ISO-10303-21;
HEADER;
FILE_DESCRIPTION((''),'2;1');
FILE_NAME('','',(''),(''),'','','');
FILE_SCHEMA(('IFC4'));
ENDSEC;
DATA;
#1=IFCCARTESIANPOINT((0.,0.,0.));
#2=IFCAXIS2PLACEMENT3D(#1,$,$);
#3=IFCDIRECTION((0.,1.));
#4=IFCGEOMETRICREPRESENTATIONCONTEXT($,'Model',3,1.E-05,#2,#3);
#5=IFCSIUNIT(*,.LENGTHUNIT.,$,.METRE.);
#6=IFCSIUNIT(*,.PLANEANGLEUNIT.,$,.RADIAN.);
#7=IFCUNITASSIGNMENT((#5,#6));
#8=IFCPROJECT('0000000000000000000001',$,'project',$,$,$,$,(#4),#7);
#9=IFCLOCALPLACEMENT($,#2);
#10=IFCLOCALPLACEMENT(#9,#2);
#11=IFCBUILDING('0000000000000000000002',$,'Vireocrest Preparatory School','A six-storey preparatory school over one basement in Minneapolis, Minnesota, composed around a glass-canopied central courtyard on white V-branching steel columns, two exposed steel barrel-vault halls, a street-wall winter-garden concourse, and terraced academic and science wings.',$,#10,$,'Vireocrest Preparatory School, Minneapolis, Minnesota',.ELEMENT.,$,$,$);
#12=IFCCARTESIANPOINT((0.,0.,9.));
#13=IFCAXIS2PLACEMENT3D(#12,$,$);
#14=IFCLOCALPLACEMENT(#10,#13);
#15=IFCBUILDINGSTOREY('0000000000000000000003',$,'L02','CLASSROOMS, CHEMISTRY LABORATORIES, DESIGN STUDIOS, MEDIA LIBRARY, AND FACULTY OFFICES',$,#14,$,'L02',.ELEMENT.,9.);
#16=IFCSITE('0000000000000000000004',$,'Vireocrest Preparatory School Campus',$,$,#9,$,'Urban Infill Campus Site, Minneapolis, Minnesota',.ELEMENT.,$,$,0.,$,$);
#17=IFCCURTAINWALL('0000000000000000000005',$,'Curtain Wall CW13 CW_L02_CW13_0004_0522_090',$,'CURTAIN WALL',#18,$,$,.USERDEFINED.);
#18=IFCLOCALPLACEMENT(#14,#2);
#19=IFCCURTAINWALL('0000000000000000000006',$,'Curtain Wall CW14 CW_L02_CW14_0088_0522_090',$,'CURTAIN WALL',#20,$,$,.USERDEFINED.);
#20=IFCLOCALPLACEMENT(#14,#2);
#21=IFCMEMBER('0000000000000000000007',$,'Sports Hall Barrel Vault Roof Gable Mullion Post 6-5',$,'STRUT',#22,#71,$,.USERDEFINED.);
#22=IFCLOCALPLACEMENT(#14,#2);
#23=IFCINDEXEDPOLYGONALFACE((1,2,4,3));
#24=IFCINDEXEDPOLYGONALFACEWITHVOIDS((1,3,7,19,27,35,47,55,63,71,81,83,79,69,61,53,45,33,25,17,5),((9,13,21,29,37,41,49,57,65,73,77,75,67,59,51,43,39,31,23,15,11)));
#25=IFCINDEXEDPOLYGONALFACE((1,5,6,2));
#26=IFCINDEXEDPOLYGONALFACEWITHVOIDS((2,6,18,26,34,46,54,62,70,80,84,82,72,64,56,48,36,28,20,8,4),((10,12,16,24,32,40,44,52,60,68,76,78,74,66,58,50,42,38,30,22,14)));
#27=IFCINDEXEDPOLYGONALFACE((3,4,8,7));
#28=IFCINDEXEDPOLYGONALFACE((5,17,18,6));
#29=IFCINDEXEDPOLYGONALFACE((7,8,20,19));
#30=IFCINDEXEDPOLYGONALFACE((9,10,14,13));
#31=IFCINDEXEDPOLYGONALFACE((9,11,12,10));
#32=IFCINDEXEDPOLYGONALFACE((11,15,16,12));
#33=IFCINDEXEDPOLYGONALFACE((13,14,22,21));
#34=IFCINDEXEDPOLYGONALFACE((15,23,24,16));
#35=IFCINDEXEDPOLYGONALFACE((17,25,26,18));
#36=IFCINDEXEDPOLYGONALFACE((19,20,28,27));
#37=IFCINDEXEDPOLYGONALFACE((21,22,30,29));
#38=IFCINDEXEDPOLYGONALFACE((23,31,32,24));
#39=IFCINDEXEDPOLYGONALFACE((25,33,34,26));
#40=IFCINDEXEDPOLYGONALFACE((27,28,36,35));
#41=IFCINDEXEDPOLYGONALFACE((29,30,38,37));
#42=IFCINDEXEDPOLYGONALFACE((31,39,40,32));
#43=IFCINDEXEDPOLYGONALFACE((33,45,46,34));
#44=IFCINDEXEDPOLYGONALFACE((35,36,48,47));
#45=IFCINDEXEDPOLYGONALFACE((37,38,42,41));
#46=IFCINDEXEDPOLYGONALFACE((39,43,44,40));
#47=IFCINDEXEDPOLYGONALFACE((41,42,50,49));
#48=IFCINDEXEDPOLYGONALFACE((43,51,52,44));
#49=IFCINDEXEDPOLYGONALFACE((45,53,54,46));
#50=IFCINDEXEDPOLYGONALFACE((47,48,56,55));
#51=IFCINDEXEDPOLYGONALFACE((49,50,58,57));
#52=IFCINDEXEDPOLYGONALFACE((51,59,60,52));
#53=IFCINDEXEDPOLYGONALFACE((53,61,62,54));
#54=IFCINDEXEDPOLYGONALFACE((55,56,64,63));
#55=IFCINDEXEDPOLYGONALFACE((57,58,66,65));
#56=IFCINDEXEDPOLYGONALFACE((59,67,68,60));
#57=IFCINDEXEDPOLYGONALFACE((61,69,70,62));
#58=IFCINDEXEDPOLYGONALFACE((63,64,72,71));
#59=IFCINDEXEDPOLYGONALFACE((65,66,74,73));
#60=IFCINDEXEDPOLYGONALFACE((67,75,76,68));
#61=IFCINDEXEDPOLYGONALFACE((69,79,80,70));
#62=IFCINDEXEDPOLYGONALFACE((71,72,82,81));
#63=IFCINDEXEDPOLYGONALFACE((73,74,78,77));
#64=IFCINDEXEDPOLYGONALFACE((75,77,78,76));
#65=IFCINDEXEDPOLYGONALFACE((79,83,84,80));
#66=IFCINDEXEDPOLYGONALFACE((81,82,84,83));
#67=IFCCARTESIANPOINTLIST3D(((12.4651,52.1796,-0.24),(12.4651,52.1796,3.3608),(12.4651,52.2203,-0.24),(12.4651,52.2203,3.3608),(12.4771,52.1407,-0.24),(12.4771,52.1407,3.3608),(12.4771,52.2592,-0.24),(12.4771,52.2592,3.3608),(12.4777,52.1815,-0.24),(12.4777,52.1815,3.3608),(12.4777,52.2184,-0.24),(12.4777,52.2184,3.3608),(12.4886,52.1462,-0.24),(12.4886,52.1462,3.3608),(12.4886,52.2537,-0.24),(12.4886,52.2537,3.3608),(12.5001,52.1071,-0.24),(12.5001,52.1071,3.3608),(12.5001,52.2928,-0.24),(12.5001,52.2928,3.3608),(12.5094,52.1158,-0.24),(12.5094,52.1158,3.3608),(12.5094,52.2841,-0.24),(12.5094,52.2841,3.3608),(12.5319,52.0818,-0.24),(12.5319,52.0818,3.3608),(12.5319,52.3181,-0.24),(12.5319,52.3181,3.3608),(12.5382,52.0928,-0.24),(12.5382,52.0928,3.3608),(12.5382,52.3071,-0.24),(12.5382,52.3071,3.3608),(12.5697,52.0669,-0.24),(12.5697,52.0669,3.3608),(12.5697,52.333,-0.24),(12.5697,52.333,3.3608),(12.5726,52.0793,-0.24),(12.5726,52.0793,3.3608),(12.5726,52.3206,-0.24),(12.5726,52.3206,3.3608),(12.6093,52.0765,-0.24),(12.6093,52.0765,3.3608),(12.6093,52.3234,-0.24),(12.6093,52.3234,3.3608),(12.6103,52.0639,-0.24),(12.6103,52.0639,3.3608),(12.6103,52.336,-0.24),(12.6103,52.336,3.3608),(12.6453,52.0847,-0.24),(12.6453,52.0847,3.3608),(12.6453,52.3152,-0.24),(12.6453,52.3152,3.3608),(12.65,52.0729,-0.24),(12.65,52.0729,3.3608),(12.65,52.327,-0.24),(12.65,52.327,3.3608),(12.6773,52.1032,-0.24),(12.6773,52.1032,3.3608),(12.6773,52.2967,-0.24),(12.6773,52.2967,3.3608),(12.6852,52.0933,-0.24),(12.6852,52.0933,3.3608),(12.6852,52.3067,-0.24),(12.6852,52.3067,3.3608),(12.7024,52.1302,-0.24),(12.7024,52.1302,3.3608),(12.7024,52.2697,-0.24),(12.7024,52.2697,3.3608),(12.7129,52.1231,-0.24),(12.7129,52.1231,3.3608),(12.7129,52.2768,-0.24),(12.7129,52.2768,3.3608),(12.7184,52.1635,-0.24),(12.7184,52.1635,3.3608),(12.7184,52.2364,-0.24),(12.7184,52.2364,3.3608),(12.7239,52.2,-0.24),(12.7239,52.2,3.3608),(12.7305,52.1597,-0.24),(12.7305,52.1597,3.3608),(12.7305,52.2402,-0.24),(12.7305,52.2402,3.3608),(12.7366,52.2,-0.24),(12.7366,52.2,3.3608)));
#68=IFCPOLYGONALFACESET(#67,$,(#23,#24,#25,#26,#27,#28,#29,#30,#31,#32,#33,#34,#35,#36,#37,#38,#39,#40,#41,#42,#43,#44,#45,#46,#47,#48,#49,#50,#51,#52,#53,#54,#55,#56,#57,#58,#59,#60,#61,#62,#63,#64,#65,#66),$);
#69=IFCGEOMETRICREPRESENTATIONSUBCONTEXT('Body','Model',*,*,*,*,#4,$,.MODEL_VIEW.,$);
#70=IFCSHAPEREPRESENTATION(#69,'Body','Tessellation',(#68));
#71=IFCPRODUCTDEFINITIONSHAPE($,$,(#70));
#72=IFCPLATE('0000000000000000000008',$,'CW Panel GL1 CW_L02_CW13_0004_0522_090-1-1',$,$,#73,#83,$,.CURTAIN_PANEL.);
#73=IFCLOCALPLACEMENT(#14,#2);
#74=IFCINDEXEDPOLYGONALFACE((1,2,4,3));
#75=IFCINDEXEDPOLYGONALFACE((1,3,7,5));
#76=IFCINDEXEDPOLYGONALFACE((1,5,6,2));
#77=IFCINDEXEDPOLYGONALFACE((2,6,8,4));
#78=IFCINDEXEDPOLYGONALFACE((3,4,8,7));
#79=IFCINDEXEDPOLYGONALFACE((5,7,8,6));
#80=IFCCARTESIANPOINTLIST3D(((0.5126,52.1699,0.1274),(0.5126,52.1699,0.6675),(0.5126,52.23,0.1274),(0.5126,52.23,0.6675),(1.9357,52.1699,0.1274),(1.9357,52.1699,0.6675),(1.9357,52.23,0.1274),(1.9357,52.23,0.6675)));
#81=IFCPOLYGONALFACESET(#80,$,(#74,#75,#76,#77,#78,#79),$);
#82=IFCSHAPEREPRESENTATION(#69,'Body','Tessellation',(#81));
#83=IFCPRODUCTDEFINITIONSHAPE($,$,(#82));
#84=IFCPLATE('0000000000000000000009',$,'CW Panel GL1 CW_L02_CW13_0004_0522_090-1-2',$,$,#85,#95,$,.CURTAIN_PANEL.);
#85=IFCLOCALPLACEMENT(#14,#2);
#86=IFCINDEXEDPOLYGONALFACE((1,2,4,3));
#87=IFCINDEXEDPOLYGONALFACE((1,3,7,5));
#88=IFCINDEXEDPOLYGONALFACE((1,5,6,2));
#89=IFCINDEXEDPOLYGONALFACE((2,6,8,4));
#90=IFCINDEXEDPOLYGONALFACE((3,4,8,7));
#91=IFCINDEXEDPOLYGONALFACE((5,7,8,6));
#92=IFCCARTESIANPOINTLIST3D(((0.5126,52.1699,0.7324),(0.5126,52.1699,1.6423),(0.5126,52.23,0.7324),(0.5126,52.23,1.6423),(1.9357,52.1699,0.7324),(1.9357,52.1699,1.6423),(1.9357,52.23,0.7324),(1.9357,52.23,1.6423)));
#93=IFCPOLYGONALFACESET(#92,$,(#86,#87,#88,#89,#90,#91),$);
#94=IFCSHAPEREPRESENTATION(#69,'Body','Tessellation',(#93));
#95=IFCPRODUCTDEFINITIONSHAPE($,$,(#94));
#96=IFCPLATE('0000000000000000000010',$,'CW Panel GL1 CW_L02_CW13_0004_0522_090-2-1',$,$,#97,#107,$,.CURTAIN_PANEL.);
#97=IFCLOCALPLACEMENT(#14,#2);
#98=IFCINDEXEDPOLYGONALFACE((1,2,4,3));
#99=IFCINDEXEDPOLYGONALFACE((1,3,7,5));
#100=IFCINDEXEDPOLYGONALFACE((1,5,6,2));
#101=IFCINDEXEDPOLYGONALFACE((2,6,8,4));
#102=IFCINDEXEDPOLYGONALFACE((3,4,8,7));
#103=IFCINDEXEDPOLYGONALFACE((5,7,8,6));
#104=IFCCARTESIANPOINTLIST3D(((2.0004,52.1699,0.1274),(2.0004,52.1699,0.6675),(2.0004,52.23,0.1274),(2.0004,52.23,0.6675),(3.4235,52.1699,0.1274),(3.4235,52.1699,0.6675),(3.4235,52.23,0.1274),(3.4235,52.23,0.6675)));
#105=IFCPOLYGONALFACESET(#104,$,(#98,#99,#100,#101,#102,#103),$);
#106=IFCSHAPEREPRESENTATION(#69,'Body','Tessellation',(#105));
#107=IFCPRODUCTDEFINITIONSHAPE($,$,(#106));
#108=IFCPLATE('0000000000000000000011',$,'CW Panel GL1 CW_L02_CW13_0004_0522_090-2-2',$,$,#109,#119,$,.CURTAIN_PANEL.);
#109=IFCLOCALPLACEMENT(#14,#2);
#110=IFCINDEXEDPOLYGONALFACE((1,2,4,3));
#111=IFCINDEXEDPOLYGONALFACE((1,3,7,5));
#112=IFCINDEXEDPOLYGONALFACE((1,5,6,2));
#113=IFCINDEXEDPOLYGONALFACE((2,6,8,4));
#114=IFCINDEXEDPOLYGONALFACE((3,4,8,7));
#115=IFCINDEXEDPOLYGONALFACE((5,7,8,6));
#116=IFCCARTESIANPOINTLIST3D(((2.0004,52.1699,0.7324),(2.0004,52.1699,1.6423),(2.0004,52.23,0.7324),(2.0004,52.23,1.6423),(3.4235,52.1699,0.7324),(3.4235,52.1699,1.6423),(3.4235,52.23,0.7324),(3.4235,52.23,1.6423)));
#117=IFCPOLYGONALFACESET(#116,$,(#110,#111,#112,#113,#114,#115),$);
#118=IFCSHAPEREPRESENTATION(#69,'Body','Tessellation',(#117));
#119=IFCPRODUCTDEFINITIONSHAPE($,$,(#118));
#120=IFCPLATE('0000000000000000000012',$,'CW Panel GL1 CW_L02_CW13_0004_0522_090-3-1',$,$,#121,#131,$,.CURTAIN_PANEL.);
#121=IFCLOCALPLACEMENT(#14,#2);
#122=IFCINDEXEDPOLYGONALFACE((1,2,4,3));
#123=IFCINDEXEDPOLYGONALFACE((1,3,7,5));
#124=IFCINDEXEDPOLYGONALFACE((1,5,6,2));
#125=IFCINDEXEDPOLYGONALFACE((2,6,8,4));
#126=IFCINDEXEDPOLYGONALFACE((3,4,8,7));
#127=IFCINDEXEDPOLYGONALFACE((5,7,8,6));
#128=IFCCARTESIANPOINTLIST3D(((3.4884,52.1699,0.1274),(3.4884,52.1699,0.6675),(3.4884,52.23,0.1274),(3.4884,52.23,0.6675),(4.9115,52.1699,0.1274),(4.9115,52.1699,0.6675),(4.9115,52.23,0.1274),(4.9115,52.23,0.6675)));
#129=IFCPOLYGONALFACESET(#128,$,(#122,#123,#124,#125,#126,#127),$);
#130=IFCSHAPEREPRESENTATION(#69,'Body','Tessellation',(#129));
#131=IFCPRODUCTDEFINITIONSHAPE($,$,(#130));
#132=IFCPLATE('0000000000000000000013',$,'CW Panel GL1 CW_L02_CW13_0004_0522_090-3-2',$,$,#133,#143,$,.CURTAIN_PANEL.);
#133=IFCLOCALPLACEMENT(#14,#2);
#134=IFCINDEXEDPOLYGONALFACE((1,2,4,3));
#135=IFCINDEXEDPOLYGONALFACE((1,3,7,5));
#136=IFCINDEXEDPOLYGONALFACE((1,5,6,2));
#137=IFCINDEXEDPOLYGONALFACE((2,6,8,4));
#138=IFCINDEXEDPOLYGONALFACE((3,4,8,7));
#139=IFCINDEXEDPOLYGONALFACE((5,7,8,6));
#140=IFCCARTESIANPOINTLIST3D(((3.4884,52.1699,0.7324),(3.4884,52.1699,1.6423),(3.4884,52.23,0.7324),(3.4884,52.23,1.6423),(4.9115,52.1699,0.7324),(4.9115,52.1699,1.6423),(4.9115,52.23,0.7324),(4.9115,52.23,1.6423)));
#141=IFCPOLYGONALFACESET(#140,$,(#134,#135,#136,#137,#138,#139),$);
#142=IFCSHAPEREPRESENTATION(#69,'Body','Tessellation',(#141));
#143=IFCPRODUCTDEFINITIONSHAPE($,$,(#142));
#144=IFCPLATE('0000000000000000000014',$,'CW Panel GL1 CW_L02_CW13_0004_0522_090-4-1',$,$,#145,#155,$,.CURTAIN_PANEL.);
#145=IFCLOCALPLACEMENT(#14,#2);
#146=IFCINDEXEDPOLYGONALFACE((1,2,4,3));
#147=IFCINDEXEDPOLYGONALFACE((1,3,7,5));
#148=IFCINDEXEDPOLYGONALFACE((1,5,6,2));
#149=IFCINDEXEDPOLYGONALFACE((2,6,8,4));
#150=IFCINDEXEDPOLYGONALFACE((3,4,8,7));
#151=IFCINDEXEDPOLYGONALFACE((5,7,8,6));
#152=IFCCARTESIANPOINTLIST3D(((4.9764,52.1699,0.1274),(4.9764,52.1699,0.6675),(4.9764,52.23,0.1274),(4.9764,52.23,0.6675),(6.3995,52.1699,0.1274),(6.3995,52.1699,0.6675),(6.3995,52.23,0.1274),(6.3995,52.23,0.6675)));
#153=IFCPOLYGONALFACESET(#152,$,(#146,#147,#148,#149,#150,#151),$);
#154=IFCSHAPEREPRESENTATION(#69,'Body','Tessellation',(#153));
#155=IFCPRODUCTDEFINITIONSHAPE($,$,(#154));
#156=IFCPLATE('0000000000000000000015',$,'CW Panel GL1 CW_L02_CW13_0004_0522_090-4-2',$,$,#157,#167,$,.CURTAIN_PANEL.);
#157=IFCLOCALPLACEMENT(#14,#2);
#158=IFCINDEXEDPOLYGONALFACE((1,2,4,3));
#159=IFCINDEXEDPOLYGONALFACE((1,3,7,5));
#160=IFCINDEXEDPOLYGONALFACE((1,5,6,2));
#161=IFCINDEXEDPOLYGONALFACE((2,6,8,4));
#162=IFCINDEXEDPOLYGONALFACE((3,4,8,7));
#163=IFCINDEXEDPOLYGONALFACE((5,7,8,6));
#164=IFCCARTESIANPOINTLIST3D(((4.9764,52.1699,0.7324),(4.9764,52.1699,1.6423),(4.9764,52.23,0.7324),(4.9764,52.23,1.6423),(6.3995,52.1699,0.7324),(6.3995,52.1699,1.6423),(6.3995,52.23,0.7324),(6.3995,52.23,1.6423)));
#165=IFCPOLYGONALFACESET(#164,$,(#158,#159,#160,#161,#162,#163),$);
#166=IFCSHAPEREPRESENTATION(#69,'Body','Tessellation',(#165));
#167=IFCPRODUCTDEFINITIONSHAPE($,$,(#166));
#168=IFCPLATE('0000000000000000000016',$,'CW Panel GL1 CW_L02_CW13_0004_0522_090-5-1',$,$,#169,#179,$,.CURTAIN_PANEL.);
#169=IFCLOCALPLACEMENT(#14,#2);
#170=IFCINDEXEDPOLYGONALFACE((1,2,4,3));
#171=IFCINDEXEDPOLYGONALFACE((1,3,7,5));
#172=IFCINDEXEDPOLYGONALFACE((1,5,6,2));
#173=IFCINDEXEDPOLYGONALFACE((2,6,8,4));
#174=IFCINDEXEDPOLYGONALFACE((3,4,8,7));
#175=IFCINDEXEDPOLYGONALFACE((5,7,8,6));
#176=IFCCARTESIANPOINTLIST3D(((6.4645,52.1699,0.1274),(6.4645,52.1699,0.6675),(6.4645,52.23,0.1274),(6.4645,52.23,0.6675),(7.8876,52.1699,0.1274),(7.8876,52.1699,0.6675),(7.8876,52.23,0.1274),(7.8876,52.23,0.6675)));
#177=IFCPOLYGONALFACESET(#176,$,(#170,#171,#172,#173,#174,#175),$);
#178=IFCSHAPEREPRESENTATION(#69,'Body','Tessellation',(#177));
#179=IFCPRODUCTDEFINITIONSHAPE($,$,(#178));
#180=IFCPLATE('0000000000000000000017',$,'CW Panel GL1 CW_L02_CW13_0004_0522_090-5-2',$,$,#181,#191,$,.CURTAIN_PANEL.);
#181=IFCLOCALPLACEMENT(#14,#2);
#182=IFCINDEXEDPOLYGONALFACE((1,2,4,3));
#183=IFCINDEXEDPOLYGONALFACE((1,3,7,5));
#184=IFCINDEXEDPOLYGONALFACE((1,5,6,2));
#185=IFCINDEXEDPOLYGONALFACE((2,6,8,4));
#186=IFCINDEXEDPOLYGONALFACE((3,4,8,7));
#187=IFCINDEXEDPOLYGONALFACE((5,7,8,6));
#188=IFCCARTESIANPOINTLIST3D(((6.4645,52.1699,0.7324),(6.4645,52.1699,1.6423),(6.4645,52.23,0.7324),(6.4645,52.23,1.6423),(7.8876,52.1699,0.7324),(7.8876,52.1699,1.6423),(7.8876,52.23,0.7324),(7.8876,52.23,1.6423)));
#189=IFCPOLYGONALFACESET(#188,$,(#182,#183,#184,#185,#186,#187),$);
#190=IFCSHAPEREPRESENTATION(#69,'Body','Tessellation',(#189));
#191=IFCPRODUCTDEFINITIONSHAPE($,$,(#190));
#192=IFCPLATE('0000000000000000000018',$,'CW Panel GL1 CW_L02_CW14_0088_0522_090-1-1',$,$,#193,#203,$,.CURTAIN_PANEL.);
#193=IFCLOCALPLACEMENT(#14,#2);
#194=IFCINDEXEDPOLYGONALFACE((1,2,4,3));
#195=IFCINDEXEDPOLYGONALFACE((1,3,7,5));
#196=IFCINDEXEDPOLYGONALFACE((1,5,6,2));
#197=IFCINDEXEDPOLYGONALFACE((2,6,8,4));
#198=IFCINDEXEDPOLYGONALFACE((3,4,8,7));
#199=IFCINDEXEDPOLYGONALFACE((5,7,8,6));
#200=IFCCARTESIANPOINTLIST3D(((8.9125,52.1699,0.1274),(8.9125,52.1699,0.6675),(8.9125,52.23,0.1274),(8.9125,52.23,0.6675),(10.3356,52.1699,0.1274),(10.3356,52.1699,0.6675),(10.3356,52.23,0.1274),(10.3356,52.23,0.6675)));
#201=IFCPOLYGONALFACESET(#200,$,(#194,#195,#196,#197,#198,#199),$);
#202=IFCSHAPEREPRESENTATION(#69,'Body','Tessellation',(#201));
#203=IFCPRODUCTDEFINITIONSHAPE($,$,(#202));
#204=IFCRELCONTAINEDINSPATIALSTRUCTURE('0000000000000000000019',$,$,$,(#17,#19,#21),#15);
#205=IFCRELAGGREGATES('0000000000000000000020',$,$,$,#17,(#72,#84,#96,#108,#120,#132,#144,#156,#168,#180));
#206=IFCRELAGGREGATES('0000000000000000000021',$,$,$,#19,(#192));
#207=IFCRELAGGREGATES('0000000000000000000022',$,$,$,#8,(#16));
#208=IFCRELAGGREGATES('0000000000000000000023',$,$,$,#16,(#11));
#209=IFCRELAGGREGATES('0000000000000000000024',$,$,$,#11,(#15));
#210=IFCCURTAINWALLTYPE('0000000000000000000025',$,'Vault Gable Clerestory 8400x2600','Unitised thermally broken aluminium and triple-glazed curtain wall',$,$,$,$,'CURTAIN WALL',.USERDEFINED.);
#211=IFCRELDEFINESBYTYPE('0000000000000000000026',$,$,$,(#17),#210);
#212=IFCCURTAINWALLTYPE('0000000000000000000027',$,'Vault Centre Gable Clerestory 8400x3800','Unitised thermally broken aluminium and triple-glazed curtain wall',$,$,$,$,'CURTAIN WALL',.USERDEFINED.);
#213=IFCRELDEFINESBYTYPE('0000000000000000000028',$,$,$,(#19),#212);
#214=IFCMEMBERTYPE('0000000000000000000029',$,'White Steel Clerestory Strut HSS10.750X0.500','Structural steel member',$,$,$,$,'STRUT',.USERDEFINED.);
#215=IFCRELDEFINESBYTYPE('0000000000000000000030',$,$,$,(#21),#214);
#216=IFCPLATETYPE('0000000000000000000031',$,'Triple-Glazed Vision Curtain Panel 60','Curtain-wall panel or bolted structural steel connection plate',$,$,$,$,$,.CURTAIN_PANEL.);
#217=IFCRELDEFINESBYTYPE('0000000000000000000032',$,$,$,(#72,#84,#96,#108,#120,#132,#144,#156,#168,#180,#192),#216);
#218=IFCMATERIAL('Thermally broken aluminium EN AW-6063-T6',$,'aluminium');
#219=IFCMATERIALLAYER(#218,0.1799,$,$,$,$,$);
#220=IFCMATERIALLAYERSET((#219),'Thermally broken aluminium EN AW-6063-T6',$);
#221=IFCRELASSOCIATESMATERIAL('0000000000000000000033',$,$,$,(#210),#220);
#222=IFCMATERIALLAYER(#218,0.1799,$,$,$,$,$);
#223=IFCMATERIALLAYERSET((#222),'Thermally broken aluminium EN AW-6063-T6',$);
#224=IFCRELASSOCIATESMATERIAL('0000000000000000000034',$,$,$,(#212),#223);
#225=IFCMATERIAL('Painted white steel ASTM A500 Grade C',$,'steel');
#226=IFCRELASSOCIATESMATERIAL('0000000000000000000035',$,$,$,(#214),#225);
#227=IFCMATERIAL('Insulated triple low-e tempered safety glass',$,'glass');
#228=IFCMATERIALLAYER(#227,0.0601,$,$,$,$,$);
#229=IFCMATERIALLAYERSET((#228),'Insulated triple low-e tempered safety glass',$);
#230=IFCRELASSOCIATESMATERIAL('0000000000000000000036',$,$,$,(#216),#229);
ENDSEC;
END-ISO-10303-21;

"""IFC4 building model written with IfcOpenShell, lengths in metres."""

from ifc_helpers import new_model, si_unit, direction, frame, origin, origin_2d, place, context, subcontext, project, spatial, rectangle, hollow_circle, extrude, material, layer, layer_set, material_profile, profile_set, type_object, element, aggregate, save


model = new_model("IFC4")

# Units and contexts
model_context = context("Model", 3, precision=1e-05, world=origin(), true_north=direction((0.0, 1.0)))
body_context = subcontext(model_context, "Body", "Model", "MODEL_VIEW")
ifc_project = project(units=[si_unit("LENGTHUNIT", "METRE"), si_unit("PLANEANGLEUNIT", "RADIAN")], contexts=[model_context])

# Site, building, storey
site_placement = place(None, origin())
site = spatial("IfcSite", under=ifc_project, at=site_placement, Name="Vireocrest Preparatory School Campus", LongName="Urban Infill Campus Site, Minneapolis, Minnesota", CompositionType="ELEMENT", RefElevation=0.0)
building_placement = place(site_placement, origin())
building = spatial("IfcBuilding", under=site, at=building_placement, Name="Vireocrest Preparatory School", Description="A six-storey preparatory school over one basement in Minneapolis, Minnesota, composed around a glass-canopied central courtyard on white V-branching steel columns, two exposed steel barrel-vault halls, a street-wall winter-garden concourse, and terraced academic and science wings.", LongName="Vireocrest Preparatory School, Minneapolis, Minnesota", CompositionType="ELEMENT")
storey_placement = place(building_placement, frame((0.0, 0.0, 9.0)))
storey = spatial("IfcBuildingStorey", under=building, at=storey_placement, Name="L02", Description="CLASSROOMS, CHEMISTRY LABORATORIES, DESIGN STUDIOS, MEDIA LIBRARY, AND FACULTY OFFICES", LongName="L02", CompositionType="ELEMENT", Elevation=9.0)

# Curtain walls
ifc_material_1 = material(Name="Thermally broken aluminium EN AW-6063-T6", Category="aluminium")
ifc_layer_1 = layer(ifc_material_1, 0.1799)
ifc_layer_set_1 = layer_set([ifc_layer_1], Name="Thermally broken aluminium EN AW-6063-T6")
curtain_wall_type_1 = type_object("IfcCurtainWallType", Name="Vault Gable Clerestory 8400x2600", Description="Unitised thermally broken aluminium and triple-glazed curtain wall", ElementType="CURTAIN WALL", PredefinedType="USERDEFINED", material=ifc_layer_set_1)
curtain_wall_1_placement = place(storey_placement, origin())
curtain_wall_1 = element("IfcCurtainWall", 1, at=curtain_wall_1_placement, inside=storey, type_object=curtain_wall_type_1, Name="Curtain Wall CW13 CW_L02_CW13_0004_0522_090", ObjectType="CURTAIN WALL", PredefinedType="USERDEFINED")
ifc_layer_2 = layer(ifc_material_1, 0.1799)
ifc_layer_set_2 = layer_set([ifc_layer_2], Name="Thermally broken aluminium EN AW-6063-T6")
curtain_wall_type_2 = type_object("IfcCurtainWallType", Name="Vault Centre Gable Clerestory 8400x3800", Description="Unitised thermally broken aluminium and triple-glazed curtain wall", ElementType="CURTAIN WALL", PredefinedType="USERDEFINED", material=ifc_layer_set_2)
curtain_wall_2_placement = place(storey_placement, origin())
curtain_wall_2 = element("IfcCurtainWall", 2, at=curtain_wall_2_placement, inside=storey, type_object=curtain_wall_type_2, Name="Curtain Wall CW14 CW_L02_CW14_0088_0522_090", ObjectType="CURTAIN WALL", PredefinedType="USERDEFINED")

# Member
ifc_material_2 = material(Name="Painted white steel ASTM A500 Grade C", Category="steel")
ifc_material_profile_1 = material_profile(ifc_material_2, hollow_circle(Radius=0.1365, WallThickness=0.0127, at=origin_2d()), Name="HSS10.750X0.500")
ifc_profile_set_1 = profile_set([ifc_material_profile_1], Name="Painted white steel ASTM A500 Grade C")
member_type_1 = type_object("IfcMemberType", Name="White Steel Clerestory Strut HSS10.750X0.500", Description="Structural steel member", ElementType="STRUT", PredefinedType="USERDEFINED", material=ifc_profile_set_1)
member_1_placement = place(storey_placement, frame((12.6001, 52.2, -0.24), z_axis=(0.0, 0.0, 1.0), x_axis=(1.0, 0.0, 0.0)))
element("IfcMember", 3, at=member_1_placement, inside=storey, type_object=member_type_1, Name="Sports Hall Barrel Vault Roof Gable Mullion Post 6-5", ObjectType="STRUT", PredefinedType="USERDEFINED", context=body_context, shape_type="SweptSolid", body=[
    extrude(hollow_circle(Radius=0.1365, WallThickness=0.0127, at=origin_2d()), origin(), (0.0, 0.0, 1.0), 3.6008),
])

# Plates
ifc_material_3 = material(Name="Insulated triple low-e tempered safety glass", Category="glass")
ifc_layer_3 = layer(ifc_material_3, 0.0601)
ifc_layer_set_3 = layer_set([ifc_layer_3], Name="Insulated triple low-e tempered safety glass")
plate_type = type_object("IfcPlateType", Name="Triple-Glazed Vision Curtain Panel 60", Description="Curtain-wall panel or bolted structural steel connection plate", PredefinedType="CURTAIN_PANEL", material=ifc_layer_set_3)
plate_1_placement = place(storey_placement, frame((1.2241, 52.2, 0.1274), z_axis=(0.0, 0.0, 1.0), x_axis=(1.0, 0.0, 0.0)))
plate_1 = element("IfcPlate", 4, at=plate_1_placement, type_object=plate_type, Name="CW Panel GL1 CW_L02_CW13_0004_0522_090-1-1", PredefinedType="CURTAIN_PANEL", context=body_context, shape_type="SweptSolid", body=[
    extrude(rectangle(XDim=1.4231, YDim=0.0601, at=origin_2d()), origin(), (0.0, 0.0, 1.0), 0.54),
])
plate_2_placement = place(storey_placement, frame((1.2241, 52.2, 0.7324), z_axis=(0.0, 0.0, 1.0), x_axis=(1.0, 0.0, 0.0)))
plate_2 = element("IfcPlate", 5, at=plate_2_placement, type_object=plate_type, Name="CW Panel GL1 CW_L02_CW13_0004_0522_090-1-2", PredefinedType="CURTAIN_PANEL", context=body_context, shape_type="SweptSolid", body=[
    extrude(rectangle(XDim=1.4231, YDim=0.0601, at=origin_2d()), origin(), (0.0, 0.0, 1.0), 0.9099),
])
plate_3_placement = place(storey_placement, frame((2.7119, 52.2, 0.1274), z_axis=(0.0, 0.0, 1.0), x_axis=(1.0, 0.0, 0.0)))
plate_3 = element("IfcPlate", 6, at=plate_3_placement, type_object=plate_type, Name="CW Panel GL1 CW_L02_CW13_0004_0522_090-2-1", PredefinedType="CURTAIN_PANEL", context=body_context, shape_type="SweptSolid", body=[
    extrude(rectangle(XDim=1.4231, YDim=0.0601, at=origin_2d()), origin(), (0.0, 0.0, 1.0), 0.54),
])
plate_4_placement = place(storey_placement, frame((2.7119, 52.2, 0.7324), z_axis=(0.0, 0.0, 1.0), x_axis=(1.0, 0.0, 0.0)))
plate_4 = element("IfcPlate", 7, at=plate_4_placement, type_object=plate_type, Name="CW Panel GL1 CW_L02_CW13_0004_0522_090-2-2", PredefinedType="CURTAIN_PANEL", context=body_context, shape_type="SweptSolid", body=[
    extrude(rectangle(XDim=1.4231, YDim=0.0601, at=origin_2d()), origin(), (0.0, 0.0, 1.0), 0.9099),
])
plate_5_placement = place(storey_placement, frame((4.2, 52.2, 0.1274), z_axis=(0.0, 0.0, 1.0), x_axis=(1.0, 0.0, 0.0)))
plate_5 = element("IfcPlate", 8, at=plate_5_placement, type_object=plate_type, Name="CW Panel GL1 CW_L02_CW13_0004_0522_090-3-1", PredefinedType="CURTAIN_PANEL", context=body_context, shape_type="SweptSolid", body=[
    extrude(rectangle(XDim=1.4231, YDim=0.0601, at=origin_2d()), origin(), (0.0, 0.0, 1.0), 0.54),
])
plate_6_placement = place(storey_placement, frame((4.2, 52.2, 0.7324), z_axis=(0.0, 0.0, 1.0), x_axis=(1.0, 0.0, 0.0)))
plate_6 = element("IfcPlate", 9, at=plate_6_placement, type_object=plate_type, Name="CW Panel GL1 CW_L02_CW13_0004_0522_090-3-2", PredefinedType="CURTAIN_PANEL", context=body_context, shape_type="SweptSolid", body=[
    extrude(rectangle(XDim=1.4231, YDim=0.0601, at=origin_2d()), origin(), (0.0, 0.0, 1.0), 0.9099),
])
plate_7_placement = place(storey_placement, frame((5.688, 52.2, 0.1274), z_axis=(0.0, 0.0, 1.0), x_axis=(1.0, 0.0, 0.0)))
plate_7 = element("IfcPlate", 10, at=plate_7_placement, type_object=plate_type, Name="CW Panel GL1 CW_L02_CW13_0004_0522_090-4-1", PredefinedType="CURTAIN_PANEL", context=body_context, shape_type="SweptSolid", body=[
    extrude(rectangle(XDim=1.4231, YDim=0.0601, at=origin_2d()), origin(), (0.0, 0.0, 1.0), 0.54),
])
plate_8_placement = place(storey_placement, frame((5.688, 52.2, 0.7324), z_axis=(0.0, 0.0, 1.0), x_axis=(1.0, 0.0, 0.0)))
plate_8 = element("IfcPlate", 11, at=plate_8_placement, type_object=plate_type, Name="CW Panel GL1 CW_L02_CW13_0004_0522_090-4-2", PredefinedType="CURTAIN_PANEL", context=body_context, shape_type="SweptSolid", body=[
    extrude(rectangle(XDim=1.4231, YDim=0.0601, at=origin_2d()), origin(), (0.0, 0.0, 1.0), 0.9099),
])
plate_9_placement = place(storey_placement, frame((7.176, 52.2, 0.1274), z_axis=(0.0, 0.0, 1.0), x_axis=(1.0, 0.0, 0.0)))
plate_9 = element("IfcPlate", 12, at=plate_9_placement, type_object=plate_type, Name="CW Panel GL1 CW_L02_CW13_0004_0522_090-5-1", PredefinedType="CURTAIN_PANEL", context=body_context, shape_type="SweptSolid", body=[
    extrude(rectangle(XDim=1.4231, YDim=0.0601, at=origin_2d()), origin(), (0.0, 0.0, 1.0), 0.54),
])
plate_10_placement = place(storey_placement, frame((7.176, 52.2, 0.7324), z_axis=(0.0, 0.0, 1.0), x_axis=(1.0, 0.0, 0.0)))
plate_10 = element("IfcPlate", 13, at=plate_10_placement, type_object=plate_type, Name="CW Panel GL1 CW_L02_CW13_0004_0522_090-5-2", PredefinedType="CURTAIN_PANEL", context=body_context, shape_type="SweptSolid", body=[
    extrude(rectangle(XDim=1.4231, YDim=0.0601, at=origin_2d()), origin(), (0.0, 0.0, 1.0), 0.9099),
])
aggregate(curtain_wall_1, [plate_1, plate_2, plate_3, plate_4, plate_5, plate_6, plate_7, plate_8, plate_9, plate_10])
plate_11_placement = place(storey_placement, frame((9.624, 52.2, 0.1274), z_axis=(0.0, 0.0, 1.0), x_axis=(1.0, 0.0, 0.0)))
plate_11 = element("IfcPlate", 14, at=plate_11_placement, type_object=plate_type, Name="CW Panel GL1 CW_L02_CW14_0088_0522_090-1-1", PredefinedType="CURTAIN_PANEL", context=body_context, shape_type="SweptSolid", body=[
    extrude(rectangle(XDim=1.4231, YDim=0.0601, at=origin_2d()), origin(), (0.0, 0.0, 1.0), 0.54),
])
aggregate(curtain_wall_2, [plate_11])

save(model, "model.ifc")
